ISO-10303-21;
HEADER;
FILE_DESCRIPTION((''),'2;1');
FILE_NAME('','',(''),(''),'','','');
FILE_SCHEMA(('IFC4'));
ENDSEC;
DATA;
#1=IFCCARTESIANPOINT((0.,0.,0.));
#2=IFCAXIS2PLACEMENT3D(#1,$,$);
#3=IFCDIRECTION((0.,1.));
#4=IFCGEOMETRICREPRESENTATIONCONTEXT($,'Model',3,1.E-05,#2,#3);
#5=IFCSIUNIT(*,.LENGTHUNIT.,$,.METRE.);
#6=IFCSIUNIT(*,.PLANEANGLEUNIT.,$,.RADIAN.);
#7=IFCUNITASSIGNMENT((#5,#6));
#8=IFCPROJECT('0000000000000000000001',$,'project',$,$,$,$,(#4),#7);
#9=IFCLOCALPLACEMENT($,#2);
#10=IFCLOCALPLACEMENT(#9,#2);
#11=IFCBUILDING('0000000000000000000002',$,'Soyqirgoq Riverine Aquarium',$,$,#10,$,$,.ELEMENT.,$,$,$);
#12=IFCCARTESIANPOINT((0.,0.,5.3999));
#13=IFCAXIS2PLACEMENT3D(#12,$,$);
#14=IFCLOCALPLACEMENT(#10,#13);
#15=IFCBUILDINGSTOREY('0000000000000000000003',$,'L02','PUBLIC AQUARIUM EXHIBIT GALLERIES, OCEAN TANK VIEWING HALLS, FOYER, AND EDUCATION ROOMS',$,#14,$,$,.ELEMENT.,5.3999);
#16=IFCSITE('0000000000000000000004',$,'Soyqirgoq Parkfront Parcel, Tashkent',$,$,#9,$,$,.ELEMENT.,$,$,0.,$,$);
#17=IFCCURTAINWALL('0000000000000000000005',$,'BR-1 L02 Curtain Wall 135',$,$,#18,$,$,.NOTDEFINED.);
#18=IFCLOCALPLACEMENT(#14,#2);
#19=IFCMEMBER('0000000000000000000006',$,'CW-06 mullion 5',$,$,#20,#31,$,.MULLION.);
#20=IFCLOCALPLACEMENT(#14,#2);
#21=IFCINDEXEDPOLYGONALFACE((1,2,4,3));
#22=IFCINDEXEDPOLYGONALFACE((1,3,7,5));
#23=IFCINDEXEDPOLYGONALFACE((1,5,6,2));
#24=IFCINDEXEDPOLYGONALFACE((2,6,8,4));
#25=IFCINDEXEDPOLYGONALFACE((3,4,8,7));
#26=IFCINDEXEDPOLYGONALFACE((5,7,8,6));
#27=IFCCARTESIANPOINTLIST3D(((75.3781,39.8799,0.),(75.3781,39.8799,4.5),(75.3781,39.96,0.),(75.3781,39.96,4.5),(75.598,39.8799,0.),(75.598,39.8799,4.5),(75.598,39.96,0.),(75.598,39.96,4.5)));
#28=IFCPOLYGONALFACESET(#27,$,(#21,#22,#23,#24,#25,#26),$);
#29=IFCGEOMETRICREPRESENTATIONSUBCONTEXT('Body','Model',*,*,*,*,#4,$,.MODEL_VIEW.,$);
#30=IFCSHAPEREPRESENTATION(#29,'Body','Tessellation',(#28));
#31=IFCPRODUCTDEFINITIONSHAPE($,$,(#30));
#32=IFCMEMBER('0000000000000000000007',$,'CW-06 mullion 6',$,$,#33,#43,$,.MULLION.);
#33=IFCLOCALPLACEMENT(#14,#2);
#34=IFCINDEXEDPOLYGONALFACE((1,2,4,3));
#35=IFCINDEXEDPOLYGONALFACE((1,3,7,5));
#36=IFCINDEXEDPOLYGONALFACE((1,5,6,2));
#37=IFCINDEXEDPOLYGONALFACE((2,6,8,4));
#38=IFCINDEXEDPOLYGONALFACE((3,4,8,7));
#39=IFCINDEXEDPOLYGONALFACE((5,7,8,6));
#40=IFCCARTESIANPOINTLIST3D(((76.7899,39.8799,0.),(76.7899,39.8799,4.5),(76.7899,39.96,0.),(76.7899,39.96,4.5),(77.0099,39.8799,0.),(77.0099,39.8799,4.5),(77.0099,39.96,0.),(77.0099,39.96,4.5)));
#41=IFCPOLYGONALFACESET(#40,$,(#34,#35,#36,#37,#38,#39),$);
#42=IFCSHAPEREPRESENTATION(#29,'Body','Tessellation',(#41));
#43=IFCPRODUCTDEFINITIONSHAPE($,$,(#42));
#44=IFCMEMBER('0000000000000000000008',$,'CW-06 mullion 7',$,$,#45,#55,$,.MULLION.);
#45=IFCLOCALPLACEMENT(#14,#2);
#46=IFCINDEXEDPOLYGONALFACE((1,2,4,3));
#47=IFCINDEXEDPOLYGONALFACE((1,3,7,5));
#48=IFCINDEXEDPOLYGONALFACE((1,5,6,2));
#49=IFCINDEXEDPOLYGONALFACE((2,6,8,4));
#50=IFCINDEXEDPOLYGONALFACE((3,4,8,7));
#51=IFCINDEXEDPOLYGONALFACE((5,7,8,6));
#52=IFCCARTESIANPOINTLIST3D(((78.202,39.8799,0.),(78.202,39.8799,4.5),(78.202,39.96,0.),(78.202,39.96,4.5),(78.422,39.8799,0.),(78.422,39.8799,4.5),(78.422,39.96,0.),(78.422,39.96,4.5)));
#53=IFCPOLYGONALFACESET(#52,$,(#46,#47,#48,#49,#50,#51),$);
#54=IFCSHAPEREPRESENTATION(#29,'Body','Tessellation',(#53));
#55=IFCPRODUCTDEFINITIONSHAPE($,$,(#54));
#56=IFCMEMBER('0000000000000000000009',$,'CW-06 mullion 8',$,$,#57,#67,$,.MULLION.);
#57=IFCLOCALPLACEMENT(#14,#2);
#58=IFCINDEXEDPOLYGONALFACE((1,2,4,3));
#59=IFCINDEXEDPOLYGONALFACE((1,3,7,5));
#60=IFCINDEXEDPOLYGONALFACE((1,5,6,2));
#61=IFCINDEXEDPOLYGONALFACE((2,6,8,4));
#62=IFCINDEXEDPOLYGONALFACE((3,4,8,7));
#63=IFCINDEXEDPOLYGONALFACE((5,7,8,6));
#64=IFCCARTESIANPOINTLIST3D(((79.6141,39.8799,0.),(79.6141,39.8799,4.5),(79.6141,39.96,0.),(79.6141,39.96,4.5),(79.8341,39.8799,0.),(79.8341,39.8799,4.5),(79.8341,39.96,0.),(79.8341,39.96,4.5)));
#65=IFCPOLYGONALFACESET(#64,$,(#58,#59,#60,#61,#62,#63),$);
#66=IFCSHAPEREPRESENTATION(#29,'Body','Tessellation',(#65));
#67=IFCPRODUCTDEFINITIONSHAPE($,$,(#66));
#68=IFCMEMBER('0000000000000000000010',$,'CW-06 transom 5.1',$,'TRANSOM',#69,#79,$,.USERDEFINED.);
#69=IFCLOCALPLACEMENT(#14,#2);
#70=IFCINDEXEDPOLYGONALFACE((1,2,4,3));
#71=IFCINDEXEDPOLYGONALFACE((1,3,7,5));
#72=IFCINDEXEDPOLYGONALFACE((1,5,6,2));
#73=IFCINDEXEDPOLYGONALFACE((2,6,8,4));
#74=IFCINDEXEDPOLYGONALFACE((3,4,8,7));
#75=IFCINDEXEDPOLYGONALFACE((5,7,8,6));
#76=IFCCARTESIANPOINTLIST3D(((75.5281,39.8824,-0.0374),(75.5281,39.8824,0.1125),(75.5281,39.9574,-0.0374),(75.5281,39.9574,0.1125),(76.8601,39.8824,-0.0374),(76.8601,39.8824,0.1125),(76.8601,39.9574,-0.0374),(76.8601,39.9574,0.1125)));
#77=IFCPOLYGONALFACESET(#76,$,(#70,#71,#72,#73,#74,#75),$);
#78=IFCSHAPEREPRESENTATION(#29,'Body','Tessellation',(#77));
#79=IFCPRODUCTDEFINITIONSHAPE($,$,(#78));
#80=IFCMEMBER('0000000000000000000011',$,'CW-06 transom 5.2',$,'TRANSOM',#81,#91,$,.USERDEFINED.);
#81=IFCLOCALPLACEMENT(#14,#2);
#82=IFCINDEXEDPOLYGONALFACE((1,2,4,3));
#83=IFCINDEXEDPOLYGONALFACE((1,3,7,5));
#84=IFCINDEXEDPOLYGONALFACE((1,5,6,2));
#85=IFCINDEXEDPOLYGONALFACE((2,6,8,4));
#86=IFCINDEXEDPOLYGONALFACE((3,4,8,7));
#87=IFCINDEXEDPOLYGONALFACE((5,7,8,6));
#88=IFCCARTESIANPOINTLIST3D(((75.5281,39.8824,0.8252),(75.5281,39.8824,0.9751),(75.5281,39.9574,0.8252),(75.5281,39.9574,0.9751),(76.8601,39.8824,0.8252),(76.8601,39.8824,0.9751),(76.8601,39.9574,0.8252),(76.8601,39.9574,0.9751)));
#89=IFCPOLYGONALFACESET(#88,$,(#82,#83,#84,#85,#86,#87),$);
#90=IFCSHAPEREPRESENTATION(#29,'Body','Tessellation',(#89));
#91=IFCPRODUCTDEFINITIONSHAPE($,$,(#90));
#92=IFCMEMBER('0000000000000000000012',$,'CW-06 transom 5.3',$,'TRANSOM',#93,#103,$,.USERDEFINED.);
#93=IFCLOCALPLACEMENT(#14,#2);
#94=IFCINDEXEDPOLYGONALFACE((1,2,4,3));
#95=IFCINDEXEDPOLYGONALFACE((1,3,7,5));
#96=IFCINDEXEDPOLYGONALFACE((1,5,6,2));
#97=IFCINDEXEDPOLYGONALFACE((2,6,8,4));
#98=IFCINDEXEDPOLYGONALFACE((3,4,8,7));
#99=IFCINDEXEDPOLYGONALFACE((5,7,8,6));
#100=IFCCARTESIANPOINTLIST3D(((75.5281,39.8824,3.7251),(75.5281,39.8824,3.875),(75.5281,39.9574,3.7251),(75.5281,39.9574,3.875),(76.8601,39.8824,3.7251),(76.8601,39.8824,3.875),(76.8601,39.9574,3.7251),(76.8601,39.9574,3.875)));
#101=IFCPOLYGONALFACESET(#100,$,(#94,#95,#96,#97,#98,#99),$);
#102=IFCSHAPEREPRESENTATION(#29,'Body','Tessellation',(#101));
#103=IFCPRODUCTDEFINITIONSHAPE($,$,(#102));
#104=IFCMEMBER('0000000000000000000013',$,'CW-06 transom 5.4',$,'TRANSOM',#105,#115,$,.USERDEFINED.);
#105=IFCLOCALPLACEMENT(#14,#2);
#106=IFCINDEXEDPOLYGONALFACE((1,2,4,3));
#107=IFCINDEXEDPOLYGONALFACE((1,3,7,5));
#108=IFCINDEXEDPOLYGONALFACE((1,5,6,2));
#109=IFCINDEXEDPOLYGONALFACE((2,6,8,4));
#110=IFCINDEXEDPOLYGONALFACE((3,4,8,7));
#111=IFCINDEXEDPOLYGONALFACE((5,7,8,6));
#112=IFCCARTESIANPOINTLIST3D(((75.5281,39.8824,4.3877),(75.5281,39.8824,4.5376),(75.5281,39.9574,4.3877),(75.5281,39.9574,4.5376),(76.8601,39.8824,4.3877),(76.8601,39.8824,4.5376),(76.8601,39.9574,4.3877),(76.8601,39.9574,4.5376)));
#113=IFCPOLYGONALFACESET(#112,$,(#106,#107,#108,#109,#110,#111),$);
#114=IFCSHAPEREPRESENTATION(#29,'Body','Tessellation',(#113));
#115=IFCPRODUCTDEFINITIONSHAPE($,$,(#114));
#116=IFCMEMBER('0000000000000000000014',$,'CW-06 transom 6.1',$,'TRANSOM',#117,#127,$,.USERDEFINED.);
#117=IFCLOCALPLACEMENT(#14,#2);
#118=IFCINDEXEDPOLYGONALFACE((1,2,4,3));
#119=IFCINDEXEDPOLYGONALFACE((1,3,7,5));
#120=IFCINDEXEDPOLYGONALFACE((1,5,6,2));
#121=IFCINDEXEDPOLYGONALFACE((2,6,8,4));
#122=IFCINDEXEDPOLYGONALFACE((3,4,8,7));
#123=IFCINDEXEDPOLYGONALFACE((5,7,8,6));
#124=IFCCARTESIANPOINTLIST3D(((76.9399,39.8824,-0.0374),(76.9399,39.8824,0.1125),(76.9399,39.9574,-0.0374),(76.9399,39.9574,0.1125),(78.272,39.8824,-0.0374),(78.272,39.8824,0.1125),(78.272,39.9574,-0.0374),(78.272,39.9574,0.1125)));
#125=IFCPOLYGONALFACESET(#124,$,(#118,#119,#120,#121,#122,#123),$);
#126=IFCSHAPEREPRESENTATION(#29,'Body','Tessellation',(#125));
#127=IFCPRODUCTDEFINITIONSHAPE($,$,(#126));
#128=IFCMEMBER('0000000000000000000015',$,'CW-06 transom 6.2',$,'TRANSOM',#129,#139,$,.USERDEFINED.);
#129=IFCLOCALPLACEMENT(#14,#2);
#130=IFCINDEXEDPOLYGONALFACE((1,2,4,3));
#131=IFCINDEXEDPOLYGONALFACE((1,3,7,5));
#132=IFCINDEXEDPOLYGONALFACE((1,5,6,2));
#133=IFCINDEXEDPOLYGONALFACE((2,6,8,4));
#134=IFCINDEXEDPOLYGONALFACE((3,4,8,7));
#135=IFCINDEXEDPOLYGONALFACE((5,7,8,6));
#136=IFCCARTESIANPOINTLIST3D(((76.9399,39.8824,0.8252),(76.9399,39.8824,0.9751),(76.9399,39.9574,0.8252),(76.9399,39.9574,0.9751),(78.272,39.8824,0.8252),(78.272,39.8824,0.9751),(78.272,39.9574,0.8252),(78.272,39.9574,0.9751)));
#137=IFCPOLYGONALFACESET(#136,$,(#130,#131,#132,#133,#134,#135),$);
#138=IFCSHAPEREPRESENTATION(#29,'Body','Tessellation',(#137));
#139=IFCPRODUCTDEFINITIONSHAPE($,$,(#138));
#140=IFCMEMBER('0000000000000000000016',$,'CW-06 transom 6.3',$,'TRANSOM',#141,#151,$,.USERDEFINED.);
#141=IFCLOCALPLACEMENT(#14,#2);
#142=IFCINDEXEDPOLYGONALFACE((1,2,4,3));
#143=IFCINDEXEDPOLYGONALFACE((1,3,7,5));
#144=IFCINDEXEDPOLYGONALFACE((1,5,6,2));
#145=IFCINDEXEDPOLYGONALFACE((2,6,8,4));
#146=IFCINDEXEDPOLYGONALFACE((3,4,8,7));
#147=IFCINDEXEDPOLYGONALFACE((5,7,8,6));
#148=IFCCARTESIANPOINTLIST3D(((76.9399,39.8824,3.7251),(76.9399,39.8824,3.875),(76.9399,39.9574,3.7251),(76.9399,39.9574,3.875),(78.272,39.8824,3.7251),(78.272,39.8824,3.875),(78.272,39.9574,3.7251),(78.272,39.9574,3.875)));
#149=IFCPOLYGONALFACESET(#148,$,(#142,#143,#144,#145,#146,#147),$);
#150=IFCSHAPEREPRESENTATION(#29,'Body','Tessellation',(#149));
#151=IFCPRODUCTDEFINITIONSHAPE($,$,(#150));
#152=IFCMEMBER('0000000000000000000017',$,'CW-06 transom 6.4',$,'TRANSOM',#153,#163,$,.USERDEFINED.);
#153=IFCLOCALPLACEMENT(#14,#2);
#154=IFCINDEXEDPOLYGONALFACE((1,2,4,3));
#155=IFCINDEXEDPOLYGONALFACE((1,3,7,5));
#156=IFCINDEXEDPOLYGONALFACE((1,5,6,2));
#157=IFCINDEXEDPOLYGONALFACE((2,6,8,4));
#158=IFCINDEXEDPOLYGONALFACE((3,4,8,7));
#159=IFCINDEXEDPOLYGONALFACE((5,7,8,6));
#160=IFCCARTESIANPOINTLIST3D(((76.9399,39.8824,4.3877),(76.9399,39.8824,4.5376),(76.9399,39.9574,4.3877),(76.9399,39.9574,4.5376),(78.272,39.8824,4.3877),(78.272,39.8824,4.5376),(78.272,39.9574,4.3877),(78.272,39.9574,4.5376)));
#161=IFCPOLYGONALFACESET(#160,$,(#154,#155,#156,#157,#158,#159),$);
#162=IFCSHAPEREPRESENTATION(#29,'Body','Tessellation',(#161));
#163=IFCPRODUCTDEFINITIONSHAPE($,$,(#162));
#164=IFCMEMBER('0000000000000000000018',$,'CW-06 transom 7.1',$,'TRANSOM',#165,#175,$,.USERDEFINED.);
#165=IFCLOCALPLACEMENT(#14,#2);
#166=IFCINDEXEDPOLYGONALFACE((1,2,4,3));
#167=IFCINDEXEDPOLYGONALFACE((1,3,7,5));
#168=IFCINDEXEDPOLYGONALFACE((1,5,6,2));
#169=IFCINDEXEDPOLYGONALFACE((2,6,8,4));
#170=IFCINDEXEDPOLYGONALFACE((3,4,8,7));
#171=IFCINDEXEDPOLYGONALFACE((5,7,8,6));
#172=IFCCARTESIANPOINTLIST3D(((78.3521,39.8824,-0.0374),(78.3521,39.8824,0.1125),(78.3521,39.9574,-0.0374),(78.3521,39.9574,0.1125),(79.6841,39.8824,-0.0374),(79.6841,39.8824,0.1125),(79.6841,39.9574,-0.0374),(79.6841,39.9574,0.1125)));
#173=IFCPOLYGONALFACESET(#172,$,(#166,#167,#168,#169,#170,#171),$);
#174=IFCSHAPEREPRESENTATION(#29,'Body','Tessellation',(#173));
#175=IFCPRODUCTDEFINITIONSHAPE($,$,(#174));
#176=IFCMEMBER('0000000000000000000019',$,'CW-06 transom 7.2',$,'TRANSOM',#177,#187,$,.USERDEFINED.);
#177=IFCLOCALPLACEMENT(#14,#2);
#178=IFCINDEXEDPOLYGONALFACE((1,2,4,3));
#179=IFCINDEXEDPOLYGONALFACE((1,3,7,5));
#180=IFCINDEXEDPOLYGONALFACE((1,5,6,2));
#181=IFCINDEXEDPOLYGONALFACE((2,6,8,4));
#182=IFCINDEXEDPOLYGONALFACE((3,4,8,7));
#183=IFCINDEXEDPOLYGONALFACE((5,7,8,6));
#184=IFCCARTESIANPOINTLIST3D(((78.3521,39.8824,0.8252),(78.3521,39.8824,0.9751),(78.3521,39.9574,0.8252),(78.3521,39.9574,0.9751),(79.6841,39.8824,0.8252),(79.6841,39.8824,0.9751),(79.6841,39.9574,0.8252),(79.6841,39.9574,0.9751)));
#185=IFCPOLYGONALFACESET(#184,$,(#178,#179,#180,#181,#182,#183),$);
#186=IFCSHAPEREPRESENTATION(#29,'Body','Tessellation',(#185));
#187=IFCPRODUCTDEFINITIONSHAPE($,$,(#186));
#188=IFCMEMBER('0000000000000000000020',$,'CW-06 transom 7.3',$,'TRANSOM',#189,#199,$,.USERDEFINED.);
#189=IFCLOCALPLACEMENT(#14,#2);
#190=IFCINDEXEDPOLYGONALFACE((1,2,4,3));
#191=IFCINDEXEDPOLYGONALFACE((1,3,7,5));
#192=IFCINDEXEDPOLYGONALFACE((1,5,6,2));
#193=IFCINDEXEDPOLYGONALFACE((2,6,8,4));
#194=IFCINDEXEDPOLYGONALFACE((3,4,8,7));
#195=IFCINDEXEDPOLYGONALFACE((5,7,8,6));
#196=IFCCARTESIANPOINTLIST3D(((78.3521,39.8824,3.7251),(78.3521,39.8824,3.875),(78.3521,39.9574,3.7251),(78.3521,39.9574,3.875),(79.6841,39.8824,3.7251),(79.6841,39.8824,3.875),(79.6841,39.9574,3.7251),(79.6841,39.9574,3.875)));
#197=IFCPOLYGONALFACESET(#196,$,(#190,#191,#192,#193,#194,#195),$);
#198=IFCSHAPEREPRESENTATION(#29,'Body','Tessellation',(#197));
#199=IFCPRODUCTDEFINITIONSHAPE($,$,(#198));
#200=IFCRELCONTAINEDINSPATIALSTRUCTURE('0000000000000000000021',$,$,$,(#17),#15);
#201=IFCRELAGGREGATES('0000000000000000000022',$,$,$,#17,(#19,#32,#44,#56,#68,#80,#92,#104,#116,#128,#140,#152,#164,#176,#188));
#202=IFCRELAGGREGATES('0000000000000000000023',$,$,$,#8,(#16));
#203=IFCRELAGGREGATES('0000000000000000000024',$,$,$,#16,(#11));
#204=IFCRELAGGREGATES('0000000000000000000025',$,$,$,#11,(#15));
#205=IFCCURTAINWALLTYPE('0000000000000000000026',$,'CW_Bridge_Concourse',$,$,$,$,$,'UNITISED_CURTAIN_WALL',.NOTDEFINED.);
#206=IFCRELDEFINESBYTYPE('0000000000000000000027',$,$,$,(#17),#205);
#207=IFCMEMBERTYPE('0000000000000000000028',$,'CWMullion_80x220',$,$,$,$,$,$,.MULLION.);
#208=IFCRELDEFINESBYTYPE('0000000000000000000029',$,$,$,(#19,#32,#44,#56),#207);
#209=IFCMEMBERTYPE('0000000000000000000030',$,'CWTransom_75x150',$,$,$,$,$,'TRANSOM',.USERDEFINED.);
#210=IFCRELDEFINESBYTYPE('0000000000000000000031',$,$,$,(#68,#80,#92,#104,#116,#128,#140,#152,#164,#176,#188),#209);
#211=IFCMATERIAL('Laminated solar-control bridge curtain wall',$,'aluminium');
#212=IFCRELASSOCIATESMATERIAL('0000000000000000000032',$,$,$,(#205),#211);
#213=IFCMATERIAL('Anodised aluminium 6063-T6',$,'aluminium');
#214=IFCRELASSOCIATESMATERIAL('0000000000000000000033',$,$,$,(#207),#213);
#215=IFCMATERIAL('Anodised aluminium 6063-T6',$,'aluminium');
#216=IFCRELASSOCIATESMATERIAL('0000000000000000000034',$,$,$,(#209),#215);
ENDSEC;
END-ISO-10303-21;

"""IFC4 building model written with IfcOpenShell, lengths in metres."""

from ifc_helpers import new_model, si_unit, direction, frame, origin, origin_2d, place, context, subcontext, project, spatial, rectangle, extrude, material, material_profile, profile_set, type_object, element, aggregate, save


model = new_model("IFC4")

# Units and contexts
model_context = context("Model", 3, precision=1e-05, world=origin(), true_north=direction((0.0, 1.0)))
body_context = subcontext(model_context, "Body", "Model", "MODEL_VIEW")
ifc_project = project(units=[si_unit("LENGTHUNIT", "METRE"), si_unit("PLANEANGLEUNIT", "RADIAN")], contexts=[model_context])

# Site, building, storey
site_placement = place(None, origin())
site = spatial("IfcSite", under=ifc_project, at=site_placement, Name="Soyqirgoq Parkfront Parcel, Tashkent", CompositionType="ELEMENT", RefElevation=0.0)
building_placement = place(site_placement, origin())
building = spatial("IfcBuilding", under=site, at=building_placement, Name="Soyqirgoq Riverine Aquarium", CompositionType="ELEMENT")
storey_placement = place(building_placement, frame((0.0, 0.0, 5.3999)))
storey = spatial("IfcBuildingStorey", under=building, at=storey_placement, Name="L02", Description="PUBLIC AQUARIUM EXHIBIT GALLERIES, OCEAN TANK VIEWING HALLS, FOYER, AND EDUCATION ROOMS", CompositionType="ELEMENT", Elevation=5.3999)

# Curtain wall, members
ifc_material_1 = material(Name="Laminated solar-control bridge curtain wall", Category="aluminium")
curtain_wall_type = type_object("IfcCurtainWallType", Name="CW_Bridge_Concourse", ElementType="UNITISED_CURTAIN_WALL", PredefinedType="NOTDEFINED", material=ifc_material_1)
curtain_wall_placement = place(storey_placement, origin())
curtain_wall = element("IfcCurtainWall", 1, at=curtain_wall_placement, inside=storey, type_object=curtain_wall_type, Name="BR-1 L02 Curtain Wall 135", PredefinedType="NOTDEFINED")
ifc_material_2 = material(Name="Anodised aluminium 6063-T6", Category="aluminium")
ifc_material_profile_1 = material_profile(ifc_material_2, rectangle(XDim=0.0801, YDim=0.22, at=origin_2d()), Name="ALU-M 80x220")
ifc_profile_set_1 = profile_set([ifc_material_profile_1], Name="Anodised aluminium 6063-T6")
member_type_1 = type_object("IfcMemberType", Name="CWMullion_80x220", PredefinedType="MULLION", material=ifc_profile_set_1)
member_1_placement = place(storey_placement, frame((75.488, 39.9199, 0.0), z_axis=(0.0, 0.0, 1.0), x_axis=(0.0, 1.0, 0.0)))
member_1 = element("IfcMember", 2, at=member_1_placement, type_object=member_type_1, Name="CW-06 mullion 5", PredefinedType="MULLION", context=body_context, shape_type="SweptSolid", body=[
    extrude(rectangle(XDim=0.0801, YDim=0.22, at=origin_2d()), origin(), (0.0, 0.0, 1.0), 4.5),
])
member_2_placement = place(storey_placement, frame((76.8999, 39.9199, 0.0), z_axis=(0.0, 0.0, 1.0), x_axis=(0.0, 1.0, 0.0)))
member_2 = element("IfcMember", 3, at=member_2_placement, type_object=member_type_1, Name="CW-06 mullion 6", PredefinedType="MULLION", context=body_context, shape_type="SweptSolid", body=[
    extrude(rectangle(XDim=0.0801, YDim=0.22, at=origin_2d()), origin(), (0.0, 0.0, 1.0), 4.5),
])
member_3_placement = place(storey_placement, frame((78.312, 39.9199, 0.0), z_axis=(0.0, 0.0, 1.0), x_axis=(0.0, 1.0, 0.0)))
member_3 = element("IfcMember", 4, at=member_3_placement, type_object=member_type_1, Name="CW-06 mullion 7", PredefinedType="MULLION", context=body_context, shape_type="SweptSolid", body=[
    extrude(rectangle(XDim=0.0801, YDim=0.22, at=origin_2d()), origin(), (0.0, 0.0, 1.0), 4.5),
])
member_4_placement = place(storey_placement, frame((79.7241, 39.9199, 0.0), z_axis=(0.0, 0.0, 1.0), x_axis=(0.0, 1.0, 0.0)))
member_4 = element("IfcMember", 5, at=member_4_placement, type_object=member_type_1, Name="CW-06 mullion 8", PredefinedType="MULLION", context=body_context, shape_type="SweptSolid", body=[
    extrude(rectangle(XDim=0.0801, YDim=0.22, at=origin_2d()), origin(), (0.0, 0.0, 1.0), 4.5),
])
ifc_material_3 = material(Name="Anodised aluminium 6063-T6", Category="aluminium")
ifc_material_profile_2 = material_profile(ifc_material_3, rectangle(XDim=0.075, YDim=0.1499, at=origin_2d()), Name="ALU-T 75x150")
ifc_profile_set_2 = profile_set([ifc_material_profile_2], Name="Anodised aluminium 6063-T6")
member_type_2 = type_object("IfcMemberType", Name="CWTransom_75x150", ElementType="TRANSOM", PredefinedType="USERDEFINED", material=ifc_profile_set_2)
member_5_placement = place(storey_placement, frame((75.5281, 39.9199, 0.0376), z_axis=(1.0, 0.0, 0.0), x_axis=(0.0, 1.0, 0.0)))
member_5 = element("IfcMember", 6, at=member_5_placement, type_object=member_type_2, Name="CW-06 transom 5.1", ObjectType="TRANSOM", PredefinedType="USERDEFINED", context=body_context, shape_type="SweptSolid", body=[
    extrude(rectangle(XDim=0.075, YDim=0.1499, at=origin_2d()), origin(), (0.0, 0.0, 1.0), 1.332),
])
member_6_placement = place(storey_placement, frame((75.5281, 39.9199, 0.9001), z_axis=(1.0, 0.0, 0.0), x_axis=(0.0, 1.0, 0.0)))
member_6 = element("IfcMember", 7, at=member_6_placement, type_object=member_type_2, Name="CW-06 transom 5.2", ObjectType="TRANSOM", PredefinedType="USERDEFINED", context=body_context, shape_type="SweptSolid", body=[
    extrude(rectangle(XDim=0.075, YDim=0.1499, at=origin_2d()), origin(), (0.0, 0.0, 1.0), 1.332),
])
member_7_placement = place(storey_placement, frame((75.5281, 39.9199, 3.8), z_axis=(1.0, 0.0, 0.0), x_axis=(0.0, 1.0, 0.0)))
member_7 = element("IfcMember", 8, at=member_7_placement, type_object=member_type_2, Name="CW-06 transom 5.3", ObjectType="TRANSOM", PredefinedType="USERDEFINED", context=body_context, shape_type="SweptSolid", body=[
    extrude(rectangle(XDim=0.075, YDim=0.1499, at=origin_2d()), origin(), (0.0, 0.0, 1.0), 1.332),
])
member_8_placement = place(storey_placement, frame((75.5281, 39.9199, 4.4626), z_axis=(1.0, 0.0, 0.0), x_axis=(0.0, 1.0, 0.0)))
member_8 = element("IfcMember", 9, at=member_8_placement, type_object=member_type_2, Name="CW-06 transom 5.4", ObjectType="TRANSOM", PredefinedType="USERDEFINED", context=body_context, shape_type="SweptSolid", body=[
    extrude(rectangle(XDim=0.075, YDim=0.1499, at=origin_2d()), origin(), (0.0, 0.0, 1.0), 1.332),
])
member_9_placement = place(storey_placement, frame((76.9399, 39.9199, 0.0376), z_axis=(1.0, 0.0, 0.0), x_axis=(0.0, 1.0, 0.0)))
member_9 = element("IfcMember", 10, at=member_9_placement, type_object=member_type_2, Name="CW-06 transom 6.1", ObjectType="TRANSOM", PredefinedType="USERDEFINED", context=body_context, shape_type="SweptSolid", body=[
    extrude(rectangle(XDim=0.075, YDim=0.1499, at=origin_2d()), origin(), (0.0, 0.0, 1.0), 1.332),
])
member_10_placement = place(storey_placement, frame((76.9399, 39.9199, 0.9001), z_axis=(1.0, 0.0, 0.0), x_axis=(0.0, 1.0, 0.0)))
member_10 = element("IfcMember", 11, at=member_10_placement, type_object=member_type_2, Name="CW-06 transom 6.2", ObjectType="TRANSOM", PredefinedType="USERDEFINED", context=body_context, shape_type="SweptSolid", body=[
    extrude(rectangle(XDim=0.075, YDim=0.1499, at=origin_2d()), origin(), (0.0, 0.0, 1.0), 1.332),
])
member_11_placement = place(storey_placement, frame((76.9399, 39.9199, 3.8), z_axis=(1.0, 0.0, 0.0), x_axis=(0.0, 1.0, 0.0)))
member_11 = element("IfcMember", 12, at=member_11_placement, type_object=member_type_2, Name="CW-06 transom 6.3", ObjectType="TRANSOM", PredefinedType="USERDEFINED", context=body_context, shape_type="SweptSolid", body=[
    extrude(rectangle(XDim=0.075, YDim=0.1499, at=origin_2d()), origin(), (0.0, 0.0, 1.0), 1.332),
])
member_12_placement = place(storey_placement, frame((76.9399, 39.9199, 4.4626), z_axis=(1.0, 0.0, 0.0), x_axis=(0.0, 1.0, 0.0)))
member_12 = element("IfcMember", 13, at=member_12_placement, type_object=member_type_2, Name="CW-06 transom 6.4", ObjectType="TRANSOM", PredefinedType="USERDEFINED", context=body_context, shape_type="SweptSolid", body=[
    extrude(rectangle(XDim=0.075, YDim=0.1499, at=origin_2d()), origin(), (0.0, 0.0, 1.0), 1.332),
])
member_13_placement = place(storey_placement, frame((78.3521, 39.9199, 0.0376), z_axis=(1.0, 0.0, 0.0), x_axis=(0.0, 1.0, 0.0)))
member_13 = element("IfcMember", 14, at=member_13_placement, type_object=member_type_2, Name="CW-06 transom 7.1", ObjectType="TRANSOM", PredefinedType="USERDEFINED", context=body_context, shape_type="SweptSolid", body=[
    extrude(rectangle(XDim=0.075, YDim=0.1499, at=origin_2d()), origin(), (0.0, 0.0, 1.0), 1.332),
])
member_14_placement = place(storey_placement, frame((78.3521, 39.9199, 0.9001), z_axis=(1.0, 0.0, 0.0), x_axis=(0.0, 1.0, 0.0)))
member_14 = element("IfcMember", 15, at=member_14_placement, type_object=member_type_2, Name="CW-06 transom 7.2", ObjectType="TRANSOM", PredefinedType="USERDEFINED", context=body_context, shape_type="SweptSolid", body=[
    extrude(rectangle(XDim=0.075, YDim=0.1499, at=origin_2d()), origin(), (0.0, 0.0, 1.0), 1.332),
])
member_15_placement = place(storey_placement, frame((78.3521, 39.9199, 3.8), z_axis=(1.0, 0.0, 0.0), x_axis=(0.0, 1.0, 0.0)))
member_15 = element("IfcMember", 16, at=member_15_placement, type_object=member_type_2, Name="CW-06 transom 7.3", ObjectType="TRANSOM", PredefinedType="USERDEFINED", context=body_context, shape_type="SweptSolid", body=[
    extrude(rectangle(XDim=0.075, YDim=0.1499, at=origin_2d()), origin(), (0.0, 0.0, 1.0), 1.332),
])
aggregate(curtain_wall, [member_1, member_2, member_3, member_4, member_5, member_6, member_7, member_8, member_9, member_10, member_11, member_12, member_13, member_14, member_15])

save(model, "model.ifc")
